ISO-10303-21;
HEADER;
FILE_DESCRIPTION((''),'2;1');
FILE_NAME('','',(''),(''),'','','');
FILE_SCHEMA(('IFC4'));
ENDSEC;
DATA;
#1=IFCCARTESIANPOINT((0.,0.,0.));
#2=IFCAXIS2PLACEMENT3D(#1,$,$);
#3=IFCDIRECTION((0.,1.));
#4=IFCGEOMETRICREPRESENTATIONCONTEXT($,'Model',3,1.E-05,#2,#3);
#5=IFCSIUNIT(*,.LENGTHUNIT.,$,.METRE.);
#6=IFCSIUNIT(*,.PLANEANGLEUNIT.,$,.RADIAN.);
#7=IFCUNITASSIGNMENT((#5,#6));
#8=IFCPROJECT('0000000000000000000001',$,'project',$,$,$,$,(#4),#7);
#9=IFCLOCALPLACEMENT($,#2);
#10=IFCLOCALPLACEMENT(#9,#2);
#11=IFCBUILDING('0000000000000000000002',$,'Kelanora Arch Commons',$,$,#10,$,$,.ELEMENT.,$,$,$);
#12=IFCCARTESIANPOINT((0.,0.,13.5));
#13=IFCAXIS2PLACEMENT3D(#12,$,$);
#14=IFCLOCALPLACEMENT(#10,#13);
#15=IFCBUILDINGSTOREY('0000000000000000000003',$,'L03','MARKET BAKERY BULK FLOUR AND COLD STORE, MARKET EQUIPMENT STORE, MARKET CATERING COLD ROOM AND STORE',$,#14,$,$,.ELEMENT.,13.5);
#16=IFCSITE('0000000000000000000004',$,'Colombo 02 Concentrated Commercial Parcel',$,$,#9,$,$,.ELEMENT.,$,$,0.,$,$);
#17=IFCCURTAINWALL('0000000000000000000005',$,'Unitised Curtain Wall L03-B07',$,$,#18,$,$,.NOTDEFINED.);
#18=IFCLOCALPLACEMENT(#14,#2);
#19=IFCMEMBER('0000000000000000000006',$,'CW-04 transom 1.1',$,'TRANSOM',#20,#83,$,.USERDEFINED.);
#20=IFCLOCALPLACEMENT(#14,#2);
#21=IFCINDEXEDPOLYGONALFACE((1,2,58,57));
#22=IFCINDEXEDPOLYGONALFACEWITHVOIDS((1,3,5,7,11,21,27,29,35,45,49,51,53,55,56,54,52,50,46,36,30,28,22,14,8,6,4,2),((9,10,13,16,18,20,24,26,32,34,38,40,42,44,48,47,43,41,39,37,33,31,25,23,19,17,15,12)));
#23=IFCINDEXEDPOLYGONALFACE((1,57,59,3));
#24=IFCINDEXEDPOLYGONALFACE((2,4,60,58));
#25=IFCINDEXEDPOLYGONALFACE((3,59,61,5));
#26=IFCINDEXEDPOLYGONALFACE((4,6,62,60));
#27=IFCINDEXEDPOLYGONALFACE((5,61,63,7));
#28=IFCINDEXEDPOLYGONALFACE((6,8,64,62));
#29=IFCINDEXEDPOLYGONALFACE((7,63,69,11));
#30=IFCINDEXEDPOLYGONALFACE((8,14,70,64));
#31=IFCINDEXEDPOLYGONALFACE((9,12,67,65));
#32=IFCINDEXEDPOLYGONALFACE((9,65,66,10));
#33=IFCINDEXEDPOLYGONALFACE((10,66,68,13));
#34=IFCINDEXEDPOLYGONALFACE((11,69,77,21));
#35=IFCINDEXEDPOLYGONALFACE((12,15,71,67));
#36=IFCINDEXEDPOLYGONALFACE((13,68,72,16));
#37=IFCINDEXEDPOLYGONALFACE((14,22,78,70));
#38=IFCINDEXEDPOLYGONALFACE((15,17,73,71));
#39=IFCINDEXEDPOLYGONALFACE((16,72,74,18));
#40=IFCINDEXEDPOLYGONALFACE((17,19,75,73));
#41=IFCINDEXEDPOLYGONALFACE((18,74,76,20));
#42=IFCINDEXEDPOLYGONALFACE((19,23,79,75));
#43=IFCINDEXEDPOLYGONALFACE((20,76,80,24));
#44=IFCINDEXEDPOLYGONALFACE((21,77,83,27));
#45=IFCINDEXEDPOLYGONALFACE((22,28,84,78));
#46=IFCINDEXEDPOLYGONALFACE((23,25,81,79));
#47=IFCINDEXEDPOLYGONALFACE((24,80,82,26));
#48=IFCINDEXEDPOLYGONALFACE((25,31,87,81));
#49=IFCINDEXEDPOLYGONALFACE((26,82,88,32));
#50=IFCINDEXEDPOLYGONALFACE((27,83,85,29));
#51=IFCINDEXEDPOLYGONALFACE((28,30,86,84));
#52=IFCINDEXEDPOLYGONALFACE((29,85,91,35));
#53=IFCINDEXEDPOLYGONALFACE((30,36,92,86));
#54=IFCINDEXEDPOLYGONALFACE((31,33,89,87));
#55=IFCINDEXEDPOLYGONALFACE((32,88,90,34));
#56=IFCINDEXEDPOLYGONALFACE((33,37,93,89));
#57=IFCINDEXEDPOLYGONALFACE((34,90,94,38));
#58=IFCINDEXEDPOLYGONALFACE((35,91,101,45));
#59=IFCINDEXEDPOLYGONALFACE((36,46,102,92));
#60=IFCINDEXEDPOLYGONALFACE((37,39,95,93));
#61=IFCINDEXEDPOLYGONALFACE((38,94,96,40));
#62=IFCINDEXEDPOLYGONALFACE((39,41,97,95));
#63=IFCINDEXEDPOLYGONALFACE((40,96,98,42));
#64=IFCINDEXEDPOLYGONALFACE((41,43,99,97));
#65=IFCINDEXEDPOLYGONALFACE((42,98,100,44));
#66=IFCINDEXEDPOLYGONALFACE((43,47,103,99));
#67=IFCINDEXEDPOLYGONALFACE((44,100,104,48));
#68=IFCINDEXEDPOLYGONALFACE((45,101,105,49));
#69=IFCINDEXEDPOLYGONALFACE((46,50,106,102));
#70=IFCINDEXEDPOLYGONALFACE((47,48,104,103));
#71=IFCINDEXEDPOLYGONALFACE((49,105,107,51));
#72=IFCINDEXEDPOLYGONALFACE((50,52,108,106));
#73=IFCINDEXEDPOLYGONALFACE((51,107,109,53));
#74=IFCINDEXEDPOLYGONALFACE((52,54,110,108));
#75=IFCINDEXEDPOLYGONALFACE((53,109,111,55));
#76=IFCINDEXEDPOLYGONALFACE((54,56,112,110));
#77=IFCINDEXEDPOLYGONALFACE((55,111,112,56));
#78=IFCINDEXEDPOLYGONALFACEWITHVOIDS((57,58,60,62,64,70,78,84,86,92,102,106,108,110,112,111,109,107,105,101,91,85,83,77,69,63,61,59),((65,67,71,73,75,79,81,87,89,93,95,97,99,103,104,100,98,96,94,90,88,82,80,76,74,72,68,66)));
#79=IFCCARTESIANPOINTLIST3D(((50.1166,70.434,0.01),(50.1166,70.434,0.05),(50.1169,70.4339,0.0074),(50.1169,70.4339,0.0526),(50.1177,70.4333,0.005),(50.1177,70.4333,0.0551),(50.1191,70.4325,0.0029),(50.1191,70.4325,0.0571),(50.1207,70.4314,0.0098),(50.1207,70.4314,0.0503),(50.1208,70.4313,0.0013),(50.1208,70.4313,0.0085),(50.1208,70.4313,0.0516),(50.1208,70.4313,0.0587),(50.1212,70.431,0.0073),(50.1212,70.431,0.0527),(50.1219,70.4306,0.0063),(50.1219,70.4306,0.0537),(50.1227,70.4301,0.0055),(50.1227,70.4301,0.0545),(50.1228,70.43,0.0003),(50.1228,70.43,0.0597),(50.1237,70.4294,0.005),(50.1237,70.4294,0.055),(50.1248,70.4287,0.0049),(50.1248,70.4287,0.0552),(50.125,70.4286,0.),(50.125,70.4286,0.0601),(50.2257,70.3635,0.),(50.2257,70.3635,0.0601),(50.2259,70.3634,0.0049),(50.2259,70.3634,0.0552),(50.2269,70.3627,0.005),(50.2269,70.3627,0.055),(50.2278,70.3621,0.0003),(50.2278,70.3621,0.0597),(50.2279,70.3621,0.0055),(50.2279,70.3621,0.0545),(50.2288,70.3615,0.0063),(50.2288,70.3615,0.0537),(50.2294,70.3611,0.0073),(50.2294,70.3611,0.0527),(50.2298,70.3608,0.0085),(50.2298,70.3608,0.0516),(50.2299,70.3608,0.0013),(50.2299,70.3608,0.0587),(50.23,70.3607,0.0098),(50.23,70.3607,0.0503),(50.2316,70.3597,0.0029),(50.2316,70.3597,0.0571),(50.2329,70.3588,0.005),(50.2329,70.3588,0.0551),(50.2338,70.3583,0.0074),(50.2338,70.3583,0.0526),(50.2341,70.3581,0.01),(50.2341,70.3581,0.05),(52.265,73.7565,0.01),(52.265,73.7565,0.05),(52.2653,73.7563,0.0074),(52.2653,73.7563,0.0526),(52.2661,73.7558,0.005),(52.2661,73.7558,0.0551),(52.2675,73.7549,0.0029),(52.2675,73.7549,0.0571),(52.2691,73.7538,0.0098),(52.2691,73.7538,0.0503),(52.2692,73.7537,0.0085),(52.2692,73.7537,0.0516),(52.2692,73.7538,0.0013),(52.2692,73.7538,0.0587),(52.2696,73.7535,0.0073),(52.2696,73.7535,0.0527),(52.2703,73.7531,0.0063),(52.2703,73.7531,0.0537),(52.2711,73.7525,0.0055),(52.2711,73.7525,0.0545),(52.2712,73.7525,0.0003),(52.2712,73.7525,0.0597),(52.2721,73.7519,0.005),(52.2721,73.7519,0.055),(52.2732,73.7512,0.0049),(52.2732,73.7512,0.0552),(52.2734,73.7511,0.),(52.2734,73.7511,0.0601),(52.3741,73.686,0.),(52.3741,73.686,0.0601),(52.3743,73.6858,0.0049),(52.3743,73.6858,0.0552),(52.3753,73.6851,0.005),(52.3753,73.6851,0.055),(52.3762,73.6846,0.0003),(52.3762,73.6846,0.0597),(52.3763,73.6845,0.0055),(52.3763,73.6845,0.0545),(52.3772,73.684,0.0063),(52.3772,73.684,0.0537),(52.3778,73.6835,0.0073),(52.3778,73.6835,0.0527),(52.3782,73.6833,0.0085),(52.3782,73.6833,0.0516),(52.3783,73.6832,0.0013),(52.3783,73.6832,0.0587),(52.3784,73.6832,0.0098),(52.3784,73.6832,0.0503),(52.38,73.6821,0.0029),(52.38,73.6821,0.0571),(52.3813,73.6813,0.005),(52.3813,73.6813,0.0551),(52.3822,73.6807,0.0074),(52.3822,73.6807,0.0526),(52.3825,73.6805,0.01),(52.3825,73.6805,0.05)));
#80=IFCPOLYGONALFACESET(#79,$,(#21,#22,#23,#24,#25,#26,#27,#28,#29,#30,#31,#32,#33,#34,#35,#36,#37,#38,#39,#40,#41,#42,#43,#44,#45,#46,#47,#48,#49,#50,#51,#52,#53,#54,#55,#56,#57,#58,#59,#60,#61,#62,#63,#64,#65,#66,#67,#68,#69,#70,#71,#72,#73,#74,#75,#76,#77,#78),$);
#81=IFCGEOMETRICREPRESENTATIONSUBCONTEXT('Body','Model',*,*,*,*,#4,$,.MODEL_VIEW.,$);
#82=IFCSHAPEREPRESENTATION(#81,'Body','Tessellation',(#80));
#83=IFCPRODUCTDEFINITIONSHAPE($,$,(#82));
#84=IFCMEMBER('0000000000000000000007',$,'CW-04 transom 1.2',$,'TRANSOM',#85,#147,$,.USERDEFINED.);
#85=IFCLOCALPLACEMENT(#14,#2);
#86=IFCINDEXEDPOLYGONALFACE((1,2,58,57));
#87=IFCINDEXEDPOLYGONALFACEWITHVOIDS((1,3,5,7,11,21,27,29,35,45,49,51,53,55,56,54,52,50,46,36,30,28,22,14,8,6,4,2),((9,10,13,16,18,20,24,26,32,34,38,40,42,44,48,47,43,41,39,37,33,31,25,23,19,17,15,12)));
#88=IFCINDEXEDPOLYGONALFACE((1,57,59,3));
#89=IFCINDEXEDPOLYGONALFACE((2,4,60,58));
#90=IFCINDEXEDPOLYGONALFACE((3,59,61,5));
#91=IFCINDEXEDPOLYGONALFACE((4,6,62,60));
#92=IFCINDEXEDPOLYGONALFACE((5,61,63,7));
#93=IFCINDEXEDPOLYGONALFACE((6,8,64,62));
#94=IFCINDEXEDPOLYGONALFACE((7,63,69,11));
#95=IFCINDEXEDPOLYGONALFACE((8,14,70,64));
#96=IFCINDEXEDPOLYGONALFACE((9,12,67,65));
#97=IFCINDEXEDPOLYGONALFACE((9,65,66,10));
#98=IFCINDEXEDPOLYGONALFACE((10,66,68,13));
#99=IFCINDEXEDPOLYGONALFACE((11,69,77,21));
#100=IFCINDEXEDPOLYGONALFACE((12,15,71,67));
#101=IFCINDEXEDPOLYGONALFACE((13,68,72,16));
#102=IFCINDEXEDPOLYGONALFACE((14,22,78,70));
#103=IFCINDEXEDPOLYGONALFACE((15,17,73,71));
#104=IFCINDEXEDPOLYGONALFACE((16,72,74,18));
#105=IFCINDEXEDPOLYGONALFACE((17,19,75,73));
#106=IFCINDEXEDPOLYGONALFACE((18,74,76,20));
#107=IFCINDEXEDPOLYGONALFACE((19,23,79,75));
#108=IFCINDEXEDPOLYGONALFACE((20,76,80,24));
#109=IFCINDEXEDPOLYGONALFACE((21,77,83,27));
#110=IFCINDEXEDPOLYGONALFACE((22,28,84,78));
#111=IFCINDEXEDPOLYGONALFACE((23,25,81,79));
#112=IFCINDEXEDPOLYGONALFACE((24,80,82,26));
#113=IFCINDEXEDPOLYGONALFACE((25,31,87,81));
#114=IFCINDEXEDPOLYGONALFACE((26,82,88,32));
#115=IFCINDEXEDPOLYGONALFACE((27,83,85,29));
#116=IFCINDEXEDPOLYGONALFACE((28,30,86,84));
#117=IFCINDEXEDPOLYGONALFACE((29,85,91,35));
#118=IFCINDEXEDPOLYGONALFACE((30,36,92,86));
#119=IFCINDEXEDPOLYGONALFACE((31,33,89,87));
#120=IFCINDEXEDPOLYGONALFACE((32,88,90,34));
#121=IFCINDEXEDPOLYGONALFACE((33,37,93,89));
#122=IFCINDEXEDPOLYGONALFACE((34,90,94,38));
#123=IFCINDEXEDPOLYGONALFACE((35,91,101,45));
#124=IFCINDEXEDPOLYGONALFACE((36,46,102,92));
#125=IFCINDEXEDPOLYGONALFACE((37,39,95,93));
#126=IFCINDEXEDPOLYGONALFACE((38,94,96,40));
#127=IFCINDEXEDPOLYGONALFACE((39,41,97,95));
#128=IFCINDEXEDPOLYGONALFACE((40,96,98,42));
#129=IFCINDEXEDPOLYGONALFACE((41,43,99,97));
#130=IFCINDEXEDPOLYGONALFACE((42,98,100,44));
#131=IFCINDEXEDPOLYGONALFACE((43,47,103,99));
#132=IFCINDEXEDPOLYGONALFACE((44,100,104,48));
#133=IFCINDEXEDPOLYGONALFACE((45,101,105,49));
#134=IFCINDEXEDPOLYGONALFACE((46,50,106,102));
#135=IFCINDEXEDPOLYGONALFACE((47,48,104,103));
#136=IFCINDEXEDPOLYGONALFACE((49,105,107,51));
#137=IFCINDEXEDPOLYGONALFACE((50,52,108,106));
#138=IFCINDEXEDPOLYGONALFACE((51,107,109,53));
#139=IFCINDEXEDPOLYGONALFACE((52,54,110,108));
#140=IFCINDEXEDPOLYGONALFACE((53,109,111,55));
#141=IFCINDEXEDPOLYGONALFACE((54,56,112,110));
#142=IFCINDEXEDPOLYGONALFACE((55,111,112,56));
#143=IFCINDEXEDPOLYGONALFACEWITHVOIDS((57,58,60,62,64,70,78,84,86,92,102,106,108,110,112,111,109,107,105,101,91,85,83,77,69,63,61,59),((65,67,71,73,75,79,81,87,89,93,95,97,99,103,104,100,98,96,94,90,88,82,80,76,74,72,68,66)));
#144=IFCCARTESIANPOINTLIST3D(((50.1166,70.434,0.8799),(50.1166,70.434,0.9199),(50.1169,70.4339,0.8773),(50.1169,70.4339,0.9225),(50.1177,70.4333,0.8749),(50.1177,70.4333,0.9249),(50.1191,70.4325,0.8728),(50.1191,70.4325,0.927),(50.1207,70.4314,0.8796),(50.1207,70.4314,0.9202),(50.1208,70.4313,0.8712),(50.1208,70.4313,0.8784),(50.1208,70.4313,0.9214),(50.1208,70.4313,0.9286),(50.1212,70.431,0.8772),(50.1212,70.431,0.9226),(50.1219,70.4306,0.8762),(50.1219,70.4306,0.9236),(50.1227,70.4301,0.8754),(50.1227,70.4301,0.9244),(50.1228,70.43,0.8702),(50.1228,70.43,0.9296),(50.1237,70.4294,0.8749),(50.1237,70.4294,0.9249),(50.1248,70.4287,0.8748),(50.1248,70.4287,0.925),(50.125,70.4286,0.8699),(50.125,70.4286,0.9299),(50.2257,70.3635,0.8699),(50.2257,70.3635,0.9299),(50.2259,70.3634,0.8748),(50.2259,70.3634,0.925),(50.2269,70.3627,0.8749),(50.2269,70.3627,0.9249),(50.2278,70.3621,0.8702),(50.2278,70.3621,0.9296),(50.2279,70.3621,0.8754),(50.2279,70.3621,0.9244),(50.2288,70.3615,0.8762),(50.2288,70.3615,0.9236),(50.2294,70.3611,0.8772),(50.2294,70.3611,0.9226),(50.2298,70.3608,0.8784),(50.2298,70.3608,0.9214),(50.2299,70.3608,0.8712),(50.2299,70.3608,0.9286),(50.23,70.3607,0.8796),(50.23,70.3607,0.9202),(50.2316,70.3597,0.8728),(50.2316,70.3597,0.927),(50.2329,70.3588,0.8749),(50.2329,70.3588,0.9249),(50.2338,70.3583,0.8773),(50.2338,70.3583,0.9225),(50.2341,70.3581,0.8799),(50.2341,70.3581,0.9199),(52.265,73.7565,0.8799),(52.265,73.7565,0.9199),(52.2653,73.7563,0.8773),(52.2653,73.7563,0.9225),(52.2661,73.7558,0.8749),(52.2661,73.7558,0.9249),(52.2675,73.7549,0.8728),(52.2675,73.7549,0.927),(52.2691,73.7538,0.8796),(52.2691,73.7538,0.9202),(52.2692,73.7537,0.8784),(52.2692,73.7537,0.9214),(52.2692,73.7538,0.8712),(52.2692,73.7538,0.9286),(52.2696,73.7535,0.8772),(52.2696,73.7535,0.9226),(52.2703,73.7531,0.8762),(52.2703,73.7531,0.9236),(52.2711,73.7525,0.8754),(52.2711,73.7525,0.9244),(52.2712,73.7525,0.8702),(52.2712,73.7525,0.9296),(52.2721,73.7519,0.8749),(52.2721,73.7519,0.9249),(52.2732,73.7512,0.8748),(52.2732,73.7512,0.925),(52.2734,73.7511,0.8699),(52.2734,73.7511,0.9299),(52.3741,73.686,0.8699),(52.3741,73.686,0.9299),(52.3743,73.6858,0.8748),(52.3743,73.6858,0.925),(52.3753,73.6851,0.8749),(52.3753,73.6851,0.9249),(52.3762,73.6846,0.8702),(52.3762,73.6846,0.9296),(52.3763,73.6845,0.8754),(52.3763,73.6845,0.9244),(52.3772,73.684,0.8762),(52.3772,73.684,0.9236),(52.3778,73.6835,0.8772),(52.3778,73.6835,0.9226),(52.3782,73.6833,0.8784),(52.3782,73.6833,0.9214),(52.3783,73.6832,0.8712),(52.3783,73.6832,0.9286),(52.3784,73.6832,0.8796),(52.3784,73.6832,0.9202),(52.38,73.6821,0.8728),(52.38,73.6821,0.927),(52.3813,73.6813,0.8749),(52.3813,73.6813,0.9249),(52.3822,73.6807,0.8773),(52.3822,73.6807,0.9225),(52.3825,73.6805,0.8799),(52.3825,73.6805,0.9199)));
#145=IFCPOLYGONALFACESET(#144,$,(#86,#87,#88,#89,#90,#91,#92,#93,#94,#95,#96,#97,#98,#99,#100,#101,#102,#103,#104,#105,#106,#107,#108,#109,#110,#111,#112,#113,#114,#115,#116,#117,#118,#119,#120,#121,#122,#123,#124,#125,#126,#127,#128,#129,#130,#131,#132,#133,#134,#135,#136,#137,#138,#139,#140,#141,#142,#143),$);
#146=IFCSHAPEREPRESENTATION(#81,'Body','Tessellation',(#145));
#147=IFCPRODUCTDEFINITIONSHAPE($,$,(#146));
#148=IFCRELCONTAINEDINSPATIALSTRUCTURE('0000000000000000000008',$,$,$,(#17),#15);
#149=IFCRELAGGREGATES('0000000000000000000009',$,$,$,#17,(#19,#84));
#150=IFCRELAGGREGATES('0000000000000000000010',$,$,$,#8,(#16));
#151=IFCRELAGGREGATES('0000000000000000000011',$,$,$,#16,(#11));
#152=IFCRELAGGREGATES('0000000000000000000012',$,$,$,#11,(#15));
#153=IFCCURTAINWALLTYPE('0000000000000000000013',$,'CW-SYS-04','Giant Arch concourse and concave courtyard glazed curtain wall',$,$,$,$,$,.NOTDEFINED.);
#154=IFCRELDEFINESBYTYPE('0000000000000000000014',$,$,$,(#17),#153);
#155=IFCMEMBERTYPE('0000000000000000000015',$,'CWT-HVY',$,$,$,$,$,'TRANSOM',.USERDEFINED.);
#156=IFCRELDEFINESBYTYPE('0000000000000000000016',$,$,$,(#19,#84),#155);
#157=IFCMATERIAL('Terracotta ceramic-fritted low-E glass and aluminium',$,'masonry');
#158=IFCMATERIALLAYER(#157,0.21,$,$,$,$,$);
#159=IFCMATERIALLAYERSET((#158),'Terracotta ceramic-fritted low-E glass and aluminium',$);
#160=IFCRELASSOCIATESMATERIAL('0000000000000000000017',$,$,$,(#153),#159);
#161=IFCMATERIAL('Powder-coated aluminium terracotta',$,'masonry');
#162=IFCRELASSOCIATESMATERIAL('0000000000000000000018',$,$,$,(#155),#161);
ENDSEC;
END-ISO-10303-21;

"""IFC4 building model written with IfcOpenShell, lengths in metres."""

from ifc_helpers import new_model, si_unit, direction, frame, origin, origin_2d, place, context, subcontext, project, spatial, hollow_rectangle, extrude, material, layer, layer_set, material_profile, profile_set, type_object, element, aggregate, save


model = new_model("IFC4")

# Units and contexts
model_context = context("Model", 3, precision=1e-05, world=origin(), true_north=direction((0.0, 1.0)))
body_context = subcontext(model_context, "Body", "Model", "MODEL_VIEW")
ifc_project = project(units=[si_unit("LENGTHUNIT", "METRE"), si_unit("PLANEANGLEUNIT", "RADIAN")], contexts=[model_context])

# Site, building, storey
site_placement = place(None, origin())
site = spatial("IfcSite", under=ifc_project, at=site_placement, Name="Colombo 02 Concentrated Commercial Parcel", CompositionType="ELEMENT", RefElevation=0.0)
building_placement = place(site_placement, origin())
building = spatial("IfcBuilding", under=site, at=building_placement, Name="Kelanora Arch Commons", CompositionType="ELEMENT")
storey_placement = place(building_placement, frame((0.0, 0.0, 13.5)))
storey = spatial("IfcBuildingStorey", under=building, at=storey_placement, Name="L03", Description="MARKET BAKERY BULK FLOUR AND COLD STORE, MARKET EQUIPMENT STORE, MARKET CATERING COLD ROOM AND STORE", CompositionType="ELEMENT", Elevation=13.5)

# Curtain wall, members
ifc_material_1 = material(Name="Terracotta ceramic-fritted low-E glass and aluminium", Category="masonry")
ifc_layer_1 = layer(ifc_material_1, 0.21)
ifc_layer_set_1 = layer_set([ifc_layer_1], Name="Terracotta ceramic-fritted low-E glass and aluminium")
curtain_wall_type = type_object("IfcCurtainWallType", Name="CW-SYS-04", Description="Giant Arch concourse and concave courtyard glazed curtain wall", PredefinedType="NOTDEFINED", material=ifc_layer_set_1)
curtain_wall_placement = place(storey_placement, origin())
curtain_wall = element("IfcCurtainWall", 1, at=curtain_wall_placement, inside=storey, type_object=curtain_wall_type, Name="Unitised Curtain Wall L03-B07", PredefinedType="NOTDEFINED")
ifc_material_2 = material(Name="Powder-coated aluminium terracotta", Category="masonry")
ifc_material_profile_1 = material_profile(ifc_material_2, hollow_rectangle(XDim=0.1399, YDim=0.0601, WallThickness=0.0049, InnerFilletRadius=0.0049, OuterFilletRadius=0.01, at=origin_2d()), Name="CWT140x60")
ifc_profile_set_1 = profile_set([ifc_material_profile_1], Name="Powder-coated aluminium terracotta")
member_type_1 = type_object("IfcMemberType", Name="CWT-HVY", ElementType="TRANSOM", PredefinedType="USERDEFINED", material=ifc_profile_set_1)
member_1_placement = place(storey_placement, frame((52.3237, 73.7185, 0.03), z_axis=(-0.542998, -0.839734, 0.0), x_axis=(0.839734, -0.542998, 0.0)))
member_1 = element("IfcMember", 2, at=member_1_placement, type_object=member_type_1, Name="CW-04 transom 1.1", ObjectType="TRANSOM", PredefinedType="USERDEFINED", context=body_context, shape_type="SweptSolid", body=[
    extrude(hollow_rectangle(XDim=0.1399, YDim=0.0601, WallThickness=0.0049, InnerFilletRadius=0.0049, OuterFilletRadius=0.01, at=origin_2d()), origin(), (0.0, 0.0, 1.0), 3.9565),
])
member_2_placement = place(storey_placement, frame((52.3237, 73.7185, 0.8999), z_axis=(-0.542998, -0.839734, 0.0), x_axis=(0.839734, -0.542998, 0.0)))
member_2 = element("IfcMember", 3, at=member_2_placement, type_object=member_type_1, Name="CW-04 transom 1.2", ObjectType="TRANSOM", PredefinedType="USERDEFINED", context=body_context, shape_type="SweptSolid", body=[
    extrude(hollow_rectangle(XDim=0.1399, YDim=0.0601, WallThickness=0.0049, InnerFilletRadius=0.0049, OuterFilletRadius=0.01, at=origin_2d()), origin(), (0.0, 0.0, 1.0), 3.9565),
])
aggregate(curtain_wall, [member_1, member_2])

save(model, "model.ifc")
